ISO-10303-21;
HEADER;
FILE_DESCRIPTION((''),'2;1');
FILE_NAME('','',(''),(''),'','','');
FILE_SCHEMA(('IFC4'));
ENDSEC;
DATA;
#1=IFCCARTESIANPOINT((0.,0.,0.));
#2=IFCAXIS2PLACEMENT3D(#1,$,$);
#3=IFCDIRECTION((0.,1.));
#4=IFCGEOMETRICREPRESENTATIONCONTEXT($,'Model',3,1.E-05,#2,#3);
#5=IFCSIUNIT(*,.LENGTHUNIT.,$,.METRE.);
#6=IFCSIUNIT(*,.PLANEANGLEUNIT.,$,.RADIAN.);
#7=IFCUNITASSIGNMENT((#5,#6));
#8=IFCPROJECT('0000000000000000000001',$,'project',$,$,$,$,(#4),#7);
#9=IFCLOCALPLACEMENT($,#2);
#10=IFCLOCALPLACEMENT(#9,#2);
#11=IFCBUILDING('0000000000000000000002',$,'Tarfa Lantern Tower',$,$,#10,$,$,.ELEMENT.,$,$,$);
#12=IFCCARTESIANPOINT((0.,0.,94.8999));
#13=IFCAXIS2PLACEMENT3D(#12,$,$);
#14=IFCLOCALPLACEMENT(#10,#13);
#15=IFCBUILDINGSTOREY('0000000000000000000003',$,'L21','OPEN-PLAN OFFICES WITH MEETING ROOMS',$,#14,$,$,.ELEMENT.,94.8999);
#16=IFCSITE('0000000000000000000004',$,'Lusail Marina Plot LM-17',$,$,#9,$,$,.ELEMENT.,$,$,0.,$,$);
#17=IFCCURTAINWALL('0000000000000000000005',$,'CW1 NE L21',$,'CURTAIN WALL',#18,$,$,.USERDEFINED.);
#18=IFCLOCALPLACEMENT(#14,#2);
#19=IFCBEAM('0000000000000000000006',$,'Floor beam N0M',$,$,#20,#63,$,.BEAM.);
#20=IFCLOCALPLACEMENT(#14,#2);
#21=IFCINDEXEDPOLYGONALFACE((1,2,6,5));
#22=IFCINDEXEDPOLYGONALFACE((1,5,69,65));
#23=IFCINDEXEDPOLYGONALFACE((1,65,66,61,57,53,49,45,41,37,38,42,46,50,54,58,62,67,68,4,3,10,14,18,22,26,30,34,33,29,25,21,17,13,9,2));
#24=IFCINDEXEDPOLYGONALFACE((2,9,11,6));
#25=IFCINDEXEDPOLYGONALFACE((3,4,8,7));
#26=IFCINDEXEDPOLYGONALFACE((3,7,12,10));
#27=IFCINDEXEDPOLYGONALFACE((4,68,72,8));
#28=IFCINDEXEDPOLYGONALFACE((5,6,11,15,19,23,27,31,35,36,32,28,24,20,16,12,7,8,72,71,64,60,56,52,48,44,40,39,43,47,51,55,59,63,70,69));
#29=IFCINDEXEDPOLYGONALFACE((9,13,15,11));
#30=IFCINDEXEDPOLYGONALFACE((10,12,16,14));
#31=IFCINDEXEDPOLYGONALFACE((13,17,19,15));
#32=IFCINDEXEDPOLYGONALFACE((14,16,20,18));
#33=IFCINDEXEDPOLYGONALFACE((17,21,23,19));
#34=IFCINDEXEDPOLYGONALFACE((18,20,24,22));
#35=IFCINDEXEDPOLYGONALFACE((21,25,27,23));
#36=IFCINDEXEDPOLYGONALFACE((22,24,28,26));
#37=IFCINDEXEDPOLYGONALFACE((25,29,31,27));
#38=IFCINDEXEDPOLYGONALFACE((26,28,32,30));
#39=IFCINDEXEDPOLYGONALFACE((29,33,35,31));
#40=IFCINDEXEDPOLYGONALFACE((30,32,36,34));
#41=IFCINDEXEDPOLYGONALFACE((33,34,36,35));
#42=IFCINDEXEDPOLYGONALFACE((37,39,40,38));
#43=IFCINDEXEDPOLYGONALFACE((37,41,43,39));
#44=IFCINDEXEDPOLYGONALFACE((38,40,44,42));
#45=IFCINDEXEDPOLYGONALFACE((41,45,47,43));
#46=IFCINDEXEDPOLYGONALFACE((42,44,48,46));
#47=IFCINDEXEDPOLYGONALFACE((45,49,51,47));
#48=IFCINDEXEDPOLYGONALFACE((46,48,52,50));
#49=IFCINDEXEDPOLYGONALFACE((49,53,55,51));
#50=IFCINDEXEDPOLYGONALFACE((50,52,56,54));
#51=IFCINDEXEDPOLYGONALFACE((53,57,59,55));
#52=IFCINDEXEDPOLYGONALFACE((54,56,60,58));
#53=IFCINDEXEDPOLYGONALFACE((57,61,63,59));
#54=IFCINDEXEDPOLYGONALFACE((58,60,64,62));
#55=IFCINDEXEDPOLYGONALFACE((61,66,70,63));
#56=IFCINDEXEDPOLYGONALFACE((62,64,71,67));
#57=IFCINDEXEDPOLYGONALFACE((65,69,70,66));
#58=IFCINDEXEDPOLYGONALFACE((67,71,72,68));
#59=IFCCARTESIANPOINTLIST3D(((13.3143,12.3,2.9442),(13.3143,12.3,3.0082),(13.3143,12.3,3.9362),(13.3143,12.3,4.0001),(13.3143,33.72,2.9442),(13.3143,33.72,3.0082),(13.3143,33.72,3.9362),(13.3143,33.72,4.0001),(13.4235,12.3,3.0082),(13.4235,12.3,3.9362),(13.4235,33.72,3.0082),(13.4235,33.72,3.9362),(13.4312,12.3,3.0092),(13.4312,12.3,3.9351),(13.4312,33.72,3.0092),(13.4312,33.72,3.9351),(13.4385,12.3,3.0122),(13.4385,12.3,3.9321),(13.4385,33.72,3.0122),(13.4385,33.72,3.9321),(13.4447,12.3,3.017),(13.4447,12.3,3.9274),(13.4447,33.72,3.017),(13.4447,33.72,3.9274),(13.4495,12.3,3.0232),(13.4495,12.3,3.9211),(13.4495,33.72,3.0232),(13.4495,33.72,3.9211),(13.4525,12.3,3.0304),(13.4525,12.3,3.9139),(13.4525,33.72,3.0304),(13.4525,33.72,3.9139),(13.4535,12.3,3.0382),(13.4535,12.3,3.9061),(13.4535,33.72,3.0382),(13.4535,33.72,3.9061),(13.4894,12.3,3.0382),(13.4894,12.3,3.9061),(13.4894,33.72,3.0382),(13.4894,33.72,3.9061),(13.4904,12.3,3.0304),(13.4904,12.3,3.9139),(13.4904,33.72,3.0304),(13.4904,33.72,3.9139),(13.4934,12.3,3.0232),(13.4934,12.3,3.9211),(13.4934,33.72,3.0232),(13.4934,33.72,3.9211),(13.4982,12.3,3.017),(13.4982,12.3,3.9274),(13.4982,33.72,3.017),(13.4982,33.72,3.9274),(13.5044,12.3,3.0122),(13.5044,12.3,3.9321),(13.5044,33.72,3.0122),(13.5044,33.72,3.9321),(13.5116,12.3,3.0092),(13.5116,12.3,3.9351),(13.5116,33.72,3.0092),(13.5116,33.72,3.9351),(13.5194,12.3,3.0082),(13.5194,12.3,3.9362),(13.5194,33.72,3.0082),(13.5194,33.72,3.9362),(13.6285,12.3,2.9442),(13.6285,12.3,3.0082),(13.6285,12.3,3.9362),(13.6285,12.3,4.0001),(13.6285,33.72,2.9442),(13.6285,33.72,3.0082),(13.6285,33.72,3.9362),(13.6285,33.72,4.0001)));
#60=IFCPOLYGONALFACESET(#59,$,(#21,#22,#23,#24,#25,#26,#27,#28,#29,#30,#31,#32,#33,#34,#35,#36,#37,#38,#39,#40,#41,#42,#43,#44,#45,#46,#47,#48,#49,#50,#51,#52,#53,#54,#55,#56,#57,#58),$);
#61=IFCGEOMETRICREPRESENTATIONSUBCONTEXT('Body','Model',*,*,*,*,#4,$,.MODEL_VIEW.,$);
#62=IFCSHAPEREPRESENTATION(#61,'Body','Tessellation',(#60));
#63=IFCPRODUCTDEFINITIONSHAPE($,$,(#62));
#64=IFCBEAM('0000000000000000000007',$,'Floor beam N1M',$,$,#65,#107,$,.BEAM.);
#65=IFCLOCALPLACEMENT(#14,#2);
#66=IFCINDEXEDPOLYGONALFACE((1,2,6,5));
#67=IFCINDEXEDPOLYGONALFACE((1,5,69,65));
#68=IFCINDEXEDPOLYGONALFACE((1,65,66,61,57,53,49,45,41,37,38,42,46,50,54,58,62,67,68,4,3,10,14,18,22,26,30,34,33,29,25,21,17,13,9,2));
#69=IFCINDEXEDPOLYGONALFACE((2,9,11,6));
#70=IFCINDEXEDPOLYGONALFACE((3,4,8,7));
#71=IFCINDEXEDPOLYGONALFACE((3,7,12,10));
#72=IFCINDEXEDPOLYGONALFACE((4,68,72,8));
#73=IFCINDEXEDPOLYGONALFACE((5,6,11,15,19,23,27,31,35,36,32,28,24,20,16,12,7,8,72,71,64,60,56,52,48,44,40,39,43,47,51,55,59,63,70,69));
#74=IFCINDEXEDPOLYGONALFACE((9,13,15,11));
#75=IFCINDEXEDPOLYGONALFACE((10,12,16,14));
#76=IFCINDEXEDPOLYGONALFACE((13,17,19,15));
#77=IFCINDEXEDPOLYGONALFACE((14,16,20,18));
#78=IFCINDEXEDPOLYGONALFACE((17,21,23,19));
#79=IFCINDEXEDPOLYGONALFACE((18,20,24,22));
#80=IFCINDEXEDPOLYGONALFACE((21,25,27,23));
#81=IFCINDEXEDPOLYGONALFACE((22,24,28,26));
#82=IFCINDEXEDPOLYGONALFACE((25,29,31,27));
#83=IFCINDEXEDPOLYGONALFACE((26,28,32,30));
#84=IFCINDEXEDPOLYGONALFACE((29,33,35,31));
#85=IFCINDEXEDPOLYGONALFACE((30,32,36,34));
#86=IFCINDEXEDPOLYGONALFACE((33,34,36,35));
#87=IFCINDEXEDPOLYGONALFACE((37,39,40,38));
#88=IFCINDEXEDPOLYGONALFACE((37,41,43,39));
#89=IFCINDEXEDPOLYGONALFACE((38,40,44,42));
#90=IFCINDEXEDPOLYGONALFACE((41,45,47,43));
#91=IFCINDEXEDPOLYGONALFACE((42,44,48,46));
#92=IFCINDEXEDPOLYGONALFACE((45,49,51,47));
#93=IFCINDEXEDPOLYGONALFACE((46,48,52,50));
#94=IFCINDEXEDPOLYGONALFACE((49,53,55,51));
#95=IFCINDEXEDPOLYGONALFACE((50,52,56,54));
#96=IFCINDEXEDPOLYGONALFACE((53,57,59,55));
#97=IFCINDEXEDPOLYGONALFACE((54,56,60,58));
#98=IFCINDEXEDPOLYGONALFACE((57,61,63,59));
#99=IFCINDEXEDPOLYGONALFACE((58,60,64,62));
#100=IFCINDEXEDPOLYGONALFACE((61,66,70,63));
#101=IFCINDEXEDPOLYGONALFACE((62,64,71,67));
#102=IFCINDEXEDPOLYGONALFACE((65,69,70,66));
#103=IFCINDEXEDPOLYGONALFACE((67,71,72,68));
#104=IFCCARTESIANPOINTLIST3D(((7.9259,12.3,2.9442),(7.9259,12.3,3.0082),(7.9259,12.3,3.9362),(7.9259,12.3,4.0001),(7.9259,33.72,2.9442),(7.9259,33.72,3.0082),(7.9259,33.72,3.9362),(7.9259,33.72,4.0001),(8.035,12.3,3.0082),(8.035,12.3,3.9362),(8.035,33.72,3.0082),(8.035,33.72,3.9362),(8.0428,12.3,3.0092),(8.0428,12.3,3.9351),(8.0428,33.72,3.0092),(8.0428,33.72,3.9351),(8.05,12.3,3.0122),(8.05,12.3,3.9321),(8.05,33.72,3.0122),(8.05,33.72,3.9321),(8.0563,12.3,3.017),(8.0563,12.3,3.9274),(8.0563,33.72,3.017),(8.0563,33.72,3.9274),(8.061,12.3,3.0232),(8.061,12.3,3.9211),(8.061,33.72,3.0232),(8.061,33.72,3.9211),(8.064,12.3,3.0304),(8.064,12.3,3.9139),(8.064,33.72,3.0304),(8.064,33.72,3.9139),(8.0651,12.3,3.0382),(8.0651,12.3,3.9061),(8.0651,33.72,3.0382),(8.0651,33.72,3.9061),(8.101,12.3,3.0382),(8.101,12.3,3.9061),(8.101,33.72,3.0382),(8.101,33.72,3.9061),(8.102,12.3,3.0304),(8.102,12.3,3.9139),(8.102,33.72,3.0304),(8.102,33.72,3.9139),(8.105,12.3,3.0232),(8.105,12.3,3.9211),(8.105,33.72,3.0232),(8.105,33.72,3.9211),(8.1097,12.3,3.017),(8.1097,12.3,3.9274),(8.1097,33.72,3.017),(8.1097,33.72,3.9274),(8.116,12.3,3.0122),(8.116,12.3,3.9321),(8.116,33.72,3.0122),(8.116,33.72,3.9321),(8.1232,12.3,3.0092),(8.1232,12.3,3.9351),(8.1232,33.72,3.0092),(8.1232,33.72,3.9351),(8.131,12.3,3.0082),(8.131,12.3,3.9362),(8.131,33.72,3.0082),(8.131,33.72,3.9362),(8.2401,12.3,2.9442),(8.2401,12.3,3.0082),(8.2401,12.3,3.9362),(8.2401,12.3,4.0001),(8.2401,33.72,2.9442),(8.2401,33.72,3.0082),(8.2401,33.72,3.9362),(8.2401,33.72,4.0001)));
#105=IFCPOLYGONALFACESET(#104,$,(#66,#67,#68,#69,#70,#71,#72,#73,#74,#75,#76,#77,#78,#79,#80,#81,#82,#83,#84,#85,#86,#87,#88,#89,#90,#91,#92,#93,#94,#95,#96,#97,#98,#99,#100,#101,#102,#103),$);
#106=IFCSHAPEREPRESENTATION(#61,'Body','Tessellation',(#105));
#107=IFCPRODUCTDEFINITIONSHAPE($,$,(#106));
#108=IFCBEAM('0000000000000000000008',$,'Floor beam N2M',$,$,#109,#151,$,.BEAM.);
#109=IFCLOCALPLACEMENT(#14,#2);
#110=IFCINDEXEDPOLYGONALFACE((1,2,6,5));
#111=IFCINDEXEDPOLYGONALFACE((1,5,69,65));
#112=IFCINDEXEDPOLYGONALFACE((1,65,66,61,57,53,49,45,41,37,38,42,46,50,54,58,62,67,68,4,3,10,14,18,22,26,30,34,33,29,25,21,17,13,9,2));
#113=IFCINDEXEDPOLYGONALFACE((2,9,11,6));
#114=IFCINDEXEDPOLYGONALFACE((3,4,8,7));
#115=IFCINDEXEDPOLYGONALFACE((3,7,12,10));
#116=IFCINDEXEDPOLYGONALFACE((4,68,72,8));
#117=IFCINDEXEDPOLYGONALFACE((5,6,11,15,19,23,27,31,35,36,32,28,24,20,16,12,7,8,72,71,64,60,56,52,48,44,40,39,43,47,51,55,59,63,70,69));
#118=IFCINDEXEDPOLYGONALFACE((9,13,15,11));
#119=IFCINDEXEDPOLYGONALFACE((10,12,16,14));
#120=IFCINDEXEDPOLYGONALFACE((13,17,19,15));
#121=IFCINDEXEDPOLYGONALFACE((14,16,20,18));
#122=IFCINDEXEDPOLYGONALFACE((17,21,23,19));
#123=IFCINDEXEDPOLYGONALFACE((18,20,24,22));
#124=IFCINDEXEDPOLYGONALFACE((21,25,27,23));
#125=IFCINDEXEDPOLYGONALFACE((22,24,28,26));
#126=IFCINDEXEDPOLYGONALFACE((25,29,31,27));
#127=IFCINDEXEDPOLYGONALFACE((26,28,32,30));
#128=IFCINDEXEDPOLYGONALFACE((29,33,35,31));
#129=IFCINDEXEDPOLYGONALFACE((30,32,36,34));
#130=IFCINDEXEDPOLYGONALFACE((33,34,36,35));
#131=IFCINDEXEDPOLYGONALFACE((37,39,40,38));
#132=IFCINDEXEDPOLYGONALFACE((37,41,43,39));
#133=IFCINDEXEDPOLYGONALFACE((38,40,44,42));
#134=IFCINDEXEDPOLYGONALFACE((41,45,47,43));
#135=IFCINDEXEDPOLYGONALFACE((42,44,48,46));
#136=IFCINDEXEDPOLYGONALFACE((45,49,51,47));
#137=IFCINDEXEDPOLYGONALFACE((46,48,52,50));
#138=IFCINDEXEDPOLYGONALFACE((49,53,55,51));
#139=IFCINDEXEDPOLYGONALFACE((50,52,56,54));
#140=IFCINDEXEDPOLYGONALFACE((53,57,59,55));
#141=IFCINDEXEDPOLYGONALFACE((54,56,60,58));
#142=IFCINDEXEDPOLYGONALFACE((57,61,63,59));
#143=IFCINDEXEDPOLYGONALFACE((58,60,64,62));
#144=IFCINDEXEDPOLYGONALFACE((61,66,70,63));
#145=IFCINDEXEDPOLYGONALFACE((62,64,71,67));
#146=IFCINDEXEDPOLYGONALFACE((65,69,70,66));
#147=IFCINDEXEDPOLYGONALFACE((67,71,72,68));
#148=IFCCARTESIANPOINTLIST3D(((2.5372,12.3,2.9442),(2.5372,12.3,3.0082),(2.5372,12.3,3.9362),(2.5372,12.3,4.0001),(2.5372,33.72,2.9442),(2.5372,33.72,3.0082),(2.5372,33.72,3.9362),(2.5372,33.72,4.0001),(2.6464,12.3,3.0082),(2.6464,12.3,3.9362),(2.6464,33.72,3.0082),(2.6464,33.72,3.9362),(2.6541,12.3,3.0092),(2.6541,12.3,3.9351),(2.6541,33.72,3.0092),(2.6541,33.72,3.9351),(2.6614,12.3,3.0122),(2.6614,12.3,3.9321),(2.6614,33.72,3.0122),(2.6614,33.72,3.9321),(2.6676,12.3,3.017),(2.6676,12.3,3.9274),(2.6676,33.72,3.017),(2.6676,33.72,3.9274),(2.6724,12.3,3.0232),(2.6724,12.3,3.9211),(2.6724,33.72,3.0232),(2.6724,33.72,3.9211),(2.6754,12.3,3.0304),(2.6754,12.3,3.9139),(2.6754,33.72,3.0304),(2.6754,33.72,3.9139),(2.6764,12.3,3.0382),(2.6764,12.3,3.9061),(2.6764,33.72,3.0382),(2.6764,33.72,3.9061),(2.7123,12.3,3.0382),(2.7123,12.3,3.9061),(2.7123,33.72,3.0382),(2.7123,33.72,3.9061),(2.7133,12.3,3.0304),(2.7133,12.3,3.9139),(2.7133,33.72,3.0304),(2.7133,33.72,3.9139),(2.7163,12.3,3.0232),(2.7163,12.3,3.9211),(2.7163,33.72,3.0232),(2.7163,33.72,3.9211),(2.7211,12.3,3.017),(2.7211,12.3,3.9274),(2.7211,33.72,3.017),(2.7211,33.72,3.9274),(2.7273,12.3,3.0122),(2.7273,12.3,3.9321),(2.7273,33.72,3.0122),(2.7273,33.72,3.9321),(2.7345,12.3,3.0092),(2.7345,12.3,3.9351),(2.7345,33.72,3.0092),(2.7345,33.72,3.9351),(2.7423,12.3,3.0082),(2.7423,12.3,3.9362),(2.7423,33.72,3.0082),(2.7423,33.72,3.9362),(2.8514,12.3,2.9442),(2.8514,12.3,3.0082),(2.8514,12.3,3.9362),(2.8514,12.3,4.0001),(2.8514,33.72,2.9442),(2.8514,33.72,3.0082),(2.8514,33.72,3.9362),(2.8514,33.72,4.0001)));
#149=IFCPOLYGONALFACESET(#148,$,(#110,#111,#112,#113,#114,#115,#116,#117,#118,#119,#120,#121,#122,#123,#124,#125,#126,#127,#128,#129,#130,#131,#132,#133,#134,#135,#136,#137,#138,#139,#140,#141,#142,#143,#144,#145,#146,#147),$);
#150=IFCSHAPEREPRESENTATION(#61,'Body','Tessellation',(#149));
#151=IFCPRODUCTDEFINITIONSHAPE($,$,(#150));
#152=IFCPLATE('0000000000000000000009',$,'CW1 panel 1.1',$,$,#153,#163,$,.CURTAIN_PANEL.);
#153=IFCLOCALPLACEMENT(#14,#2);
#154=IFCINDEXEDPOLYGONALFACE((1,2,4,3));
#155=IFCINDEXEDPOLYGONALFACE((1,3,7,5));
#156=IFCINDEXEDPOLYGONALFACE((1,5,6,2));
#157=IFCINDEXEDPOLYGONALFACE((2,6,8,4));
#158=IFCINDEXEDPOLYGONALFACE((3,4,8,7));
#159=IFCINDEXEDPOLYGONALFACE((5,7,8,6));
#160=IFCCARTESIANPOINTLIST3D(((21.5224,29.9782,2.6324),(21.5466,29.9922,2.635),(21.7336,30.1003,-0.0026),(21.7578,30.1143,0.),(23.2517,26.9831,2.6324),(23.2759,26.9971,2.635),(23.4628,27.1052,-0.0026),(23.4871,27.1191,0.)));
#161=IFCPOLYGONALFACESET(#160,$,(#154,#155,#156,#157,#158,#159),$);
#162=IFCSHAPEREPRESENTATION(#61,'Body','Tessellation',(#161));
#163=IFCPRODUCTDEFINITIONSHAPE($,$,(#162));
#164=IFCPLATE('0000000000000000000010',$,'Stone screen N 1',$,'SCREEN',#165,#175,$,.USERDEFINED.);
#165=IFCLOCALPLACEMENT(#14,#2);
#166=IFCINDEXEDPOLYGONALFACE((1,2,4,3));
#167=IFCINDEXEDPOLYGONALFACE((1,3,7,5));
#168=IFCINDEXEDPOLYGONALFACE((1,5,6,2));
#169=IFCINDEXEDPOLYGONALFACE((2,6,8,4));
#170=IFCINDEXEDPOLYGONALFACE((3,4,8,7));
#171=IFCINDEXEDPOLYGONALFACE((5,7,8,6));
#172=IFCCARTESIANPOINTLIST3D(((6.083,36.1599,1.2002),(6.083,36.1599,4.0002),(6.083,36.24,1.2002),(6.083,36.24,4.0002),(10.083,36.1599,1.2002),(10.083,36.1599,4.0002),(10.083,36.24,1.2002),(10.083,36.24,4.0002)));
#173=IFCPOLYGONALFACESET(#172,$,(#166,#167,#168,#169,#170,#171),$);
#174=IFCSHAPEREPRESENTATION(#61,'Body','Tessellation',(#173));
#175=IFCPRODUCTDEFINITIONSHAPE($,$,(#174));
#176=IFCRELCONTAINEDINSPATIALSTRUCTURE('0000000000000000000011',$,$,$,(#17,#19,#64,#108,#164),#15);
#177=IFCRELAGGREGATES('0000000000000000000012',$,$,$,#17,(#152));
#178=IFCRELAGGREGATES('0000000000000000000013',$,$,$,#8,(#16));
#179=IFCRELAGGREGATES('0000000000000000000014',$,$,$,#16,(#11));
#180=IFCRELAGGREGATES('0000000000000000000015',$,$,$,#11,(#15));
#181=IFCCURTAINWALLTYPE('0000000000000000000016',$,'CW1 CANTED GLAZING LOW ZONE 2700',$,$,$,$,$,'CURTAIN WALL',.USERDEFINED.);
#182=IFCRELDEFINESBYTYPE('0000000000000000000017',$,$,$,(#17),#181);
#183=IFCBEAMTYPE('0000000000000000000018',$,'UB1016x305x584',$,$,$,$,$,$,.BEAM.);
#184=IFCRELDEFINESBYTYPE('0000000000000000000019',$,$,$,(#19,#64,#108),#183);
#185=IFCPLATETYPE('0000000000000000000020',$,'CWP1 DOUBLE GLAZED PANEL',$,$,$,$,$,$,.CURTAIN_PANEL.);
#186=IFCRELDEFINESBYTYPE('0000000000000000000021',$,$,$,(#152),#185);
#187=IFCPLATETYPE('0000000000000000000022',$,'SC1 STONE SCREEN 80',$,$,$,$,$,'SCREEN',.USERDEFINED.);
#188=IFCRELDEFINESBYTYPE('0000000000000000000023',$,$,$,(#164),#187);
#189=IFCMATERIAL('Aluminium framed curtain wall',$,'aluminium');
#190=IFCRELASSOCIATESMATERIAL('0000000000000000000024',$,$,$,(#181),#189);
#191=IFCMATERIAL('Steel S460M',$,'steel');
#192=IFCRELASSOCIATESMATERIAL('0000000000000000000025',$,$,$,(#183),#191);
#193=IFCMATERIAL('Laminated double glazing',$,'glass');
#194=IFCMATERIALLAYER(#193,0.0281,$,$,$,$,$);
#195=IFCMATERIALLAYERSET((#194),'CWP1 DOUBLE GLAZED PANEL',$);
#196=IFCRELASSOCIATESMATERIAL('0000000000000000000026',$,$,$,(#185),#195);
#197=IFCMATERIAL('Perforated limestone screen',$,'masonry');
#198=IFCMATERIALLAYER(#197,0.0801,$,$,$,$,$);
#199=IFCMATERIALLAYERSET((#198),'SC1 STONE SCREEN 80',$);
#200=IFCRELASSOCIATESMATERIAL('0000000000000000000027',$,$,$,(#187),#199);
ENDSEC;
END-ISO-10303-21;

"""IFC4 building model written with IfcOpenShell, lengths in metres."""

from ifc_helpers import new_model, si_unit, direction, frame, origin, origin_2d, place, context, subcontext, project, spatial, polyline, rectangle, i_section, outline, extrude, material, layer, layer_set, material_profile, profile_set, type_object, element, aggregate, save


model = new_model("IFC4")

# Units and contexts
model_context = context("Model", 3, precision=1e-05, world=origin(), true_north=direction((0.0, 1.0)))
body_context = subcontext(model_context, "Body", "Model", "MODEL_VIEW")
ifc_project = project(units=[si_unit("LENGTHUNIT", "METRE"), si_unit("PLANEANGLEUNIT", "RADIAN")], contexts=[model_context])

# Site, building, storey
site_placement = place(None, origin())
site = spatial("IfcSite", under=ifc_project, at=site_placement, Name="Lusail Marina Plot LM-17", CompositionType="ELEMENT", RefElevation=0.0)
building_placement = place(site_placement, origin())
building = spatial("IfcBuilding", under=site, at=building_placement, Name="Tarfa Lantern Tower", CompositionType="ELEMENT")
storey_placement = place(building_placement, frame((0.0, 0.0, 94.8999)))
storey = spatial("IfcBuildingStorey", under=building, at=storey_placement, Name="L21", Description="OPEN-PLAN OFFICES WITH MEETING ROOMS", CompositionType="ELEMENT", Elevation=94.8999)

# Curtain wall
ifc_material_1 = material(Name="Aluminium framed curtain wall", Category="aluminium")
curtain_wall_type = type_object("IfcCurtainWallType", Name="CW1 CANTED GLAZING LOW ZONE 2700", ElementType="CURTAIN WALL", PredefinedType="USERDEFINED", material=ifc_material_1)
curtain_wall_placement = place(storey_placement, origin())
curtain_wall = element("IfcCurtainWall", 1, at=curtain_wall_placement, inside=storey, type_object=curtain_wall_type, Name="CW1 NE L21", ObjectType="CURTAIN WALL", PredefinedType="USERDEFINED")

# Beams
ifc_material_2 = material(Name="Steel S460M", Category="steel")
ifc_material_profile_1 = material_profile(ifc_material_2, i_section(OverallWidth=0.3142, OverallDepth=1.0559, WebThickness=0.0359, FlangeThickness=0.064, FilletRadius=0.03, at=origin_2d()), Name="UB1016x305x584")
ifc_profile_set_1 = profile_set([ifc_material_profile_1], Name="Steel S460M")
beam_type_1 = type_object("IfcBeamType", Name="UB1016x305x584", PredefinedType="BEAM", material=ifc_profile_set_1)
for number, where, z_axis, x_axis, name in (
    (2, (13.4714, 33.72, 3.4722), (0.0, -1.0, 0.0), (1.0, 0.0, 0.0), "Floor beam N0M"),
    (3, (8.083, 33.72, 3.4722), (0.0, -1.0, 0.0), (1.0, 0.0, 0.0), "Floor beam N1M"),
    (4, (2.6943, 33.72, 3.4722), (0.0, -1.0, 0.0), (1.0, 0.0, 0.0), "Floor beam N2M"),
):
    element("IfcBeam", number, at=place(storey_placement, frame(where, z_axis=z_axis, x_axis=x_axis)), inside=storey, type_object=beam_type_1, Name=name, PredefinedType="BEAM", context=body_context, shape_type="SweptSolid", body=[
        extrude(i_section(OverallWidth=0.3142, OverallDepth=1.0559, WebThickness=0.0359, FlangeThickness=0.064, FilletRadius=0.03, at=origin_2d()), origin(), (0.0, 0.0, 1.0), 21.4199),
    ])

# Plates
ifc_material_3 = material(Name="Laminated double glazing", Category="glass")
ifc_layer_1 = layer(ifc_material_3, 0.0281)
ifc_layer_set_1 = layer_set([ifc_layer_1], Name="CWP1 DOUBLE GLAZED PANEL")
plate_type_1 = type_object("IfcPlateType", Name="CWP1 DOUBLE GLAZED PANEL", PredefinedType="CURTAIN_PANEL", material=ifc_layer_set_1)
plate_1_placement = place(storey_placement, frame((23.4871, 27.1191, 0.0), z_axis=(0.862336, 0.497875, 0.092176), x_axis=(-0.500004, 0.866023, 0.0)))
plate_1 = element("IfcPlate", 5, at=plate_1_placement, type_object=plate_type_1, Name="CW1 panel 1.1", PredefinedType="CURTAIN_PANEL", context=body_context, shape_type="SweptSolid", body=[
    extrude(outline(polyline([(0.0, 0.0), (3.4585, 0.0), (3.4583, 2.6463), (-0.0001, 2.6463), (0.0, 0.0)])), origin(), (0.0, 0.0, -1.0), 0.0281),
])
aggregate(curtain_wall, [plate_1])
ifc_material_4 = material(Name="Perforated limestone screen", Category="masonry")
ifc_layer_2 = layer(ifc_material_4, 0.0801)
ifc_layer_set_2 = layer_set([ifc_layer_2], Name="SC1 STONE SCREEN 80")
plate_type_2 = type_object("IfcPlateType", Name="SC1 STONE SCREEN 80", ElementType="SCREEN", PredefinedType="USERDEFINED", material=ifc_layer_set_2)
plate_2_placement = place(storey_placement, frame((8.083, 36.2, 1.2002), z_axis=(0.0, 0.0, 1.0), x_axis=(-1.0, 0.0, 0.0)))
element("IfcPlate", 6, at=plate_2_placement, inside=storey, type_object=plate_type_2, Name="Stone screen N 1", ObjectType="SCREEN", PredefinedType="USERDEFINED", context=body_context, shape_type="SweptSolid", body=[
    extrude(rectangle(XDim=4.0, YDim=0.0801, at=origin_2d()), origin(), (0.0, 0.0, 1.0), 2.8),
])

save(model, "model.ifc")
